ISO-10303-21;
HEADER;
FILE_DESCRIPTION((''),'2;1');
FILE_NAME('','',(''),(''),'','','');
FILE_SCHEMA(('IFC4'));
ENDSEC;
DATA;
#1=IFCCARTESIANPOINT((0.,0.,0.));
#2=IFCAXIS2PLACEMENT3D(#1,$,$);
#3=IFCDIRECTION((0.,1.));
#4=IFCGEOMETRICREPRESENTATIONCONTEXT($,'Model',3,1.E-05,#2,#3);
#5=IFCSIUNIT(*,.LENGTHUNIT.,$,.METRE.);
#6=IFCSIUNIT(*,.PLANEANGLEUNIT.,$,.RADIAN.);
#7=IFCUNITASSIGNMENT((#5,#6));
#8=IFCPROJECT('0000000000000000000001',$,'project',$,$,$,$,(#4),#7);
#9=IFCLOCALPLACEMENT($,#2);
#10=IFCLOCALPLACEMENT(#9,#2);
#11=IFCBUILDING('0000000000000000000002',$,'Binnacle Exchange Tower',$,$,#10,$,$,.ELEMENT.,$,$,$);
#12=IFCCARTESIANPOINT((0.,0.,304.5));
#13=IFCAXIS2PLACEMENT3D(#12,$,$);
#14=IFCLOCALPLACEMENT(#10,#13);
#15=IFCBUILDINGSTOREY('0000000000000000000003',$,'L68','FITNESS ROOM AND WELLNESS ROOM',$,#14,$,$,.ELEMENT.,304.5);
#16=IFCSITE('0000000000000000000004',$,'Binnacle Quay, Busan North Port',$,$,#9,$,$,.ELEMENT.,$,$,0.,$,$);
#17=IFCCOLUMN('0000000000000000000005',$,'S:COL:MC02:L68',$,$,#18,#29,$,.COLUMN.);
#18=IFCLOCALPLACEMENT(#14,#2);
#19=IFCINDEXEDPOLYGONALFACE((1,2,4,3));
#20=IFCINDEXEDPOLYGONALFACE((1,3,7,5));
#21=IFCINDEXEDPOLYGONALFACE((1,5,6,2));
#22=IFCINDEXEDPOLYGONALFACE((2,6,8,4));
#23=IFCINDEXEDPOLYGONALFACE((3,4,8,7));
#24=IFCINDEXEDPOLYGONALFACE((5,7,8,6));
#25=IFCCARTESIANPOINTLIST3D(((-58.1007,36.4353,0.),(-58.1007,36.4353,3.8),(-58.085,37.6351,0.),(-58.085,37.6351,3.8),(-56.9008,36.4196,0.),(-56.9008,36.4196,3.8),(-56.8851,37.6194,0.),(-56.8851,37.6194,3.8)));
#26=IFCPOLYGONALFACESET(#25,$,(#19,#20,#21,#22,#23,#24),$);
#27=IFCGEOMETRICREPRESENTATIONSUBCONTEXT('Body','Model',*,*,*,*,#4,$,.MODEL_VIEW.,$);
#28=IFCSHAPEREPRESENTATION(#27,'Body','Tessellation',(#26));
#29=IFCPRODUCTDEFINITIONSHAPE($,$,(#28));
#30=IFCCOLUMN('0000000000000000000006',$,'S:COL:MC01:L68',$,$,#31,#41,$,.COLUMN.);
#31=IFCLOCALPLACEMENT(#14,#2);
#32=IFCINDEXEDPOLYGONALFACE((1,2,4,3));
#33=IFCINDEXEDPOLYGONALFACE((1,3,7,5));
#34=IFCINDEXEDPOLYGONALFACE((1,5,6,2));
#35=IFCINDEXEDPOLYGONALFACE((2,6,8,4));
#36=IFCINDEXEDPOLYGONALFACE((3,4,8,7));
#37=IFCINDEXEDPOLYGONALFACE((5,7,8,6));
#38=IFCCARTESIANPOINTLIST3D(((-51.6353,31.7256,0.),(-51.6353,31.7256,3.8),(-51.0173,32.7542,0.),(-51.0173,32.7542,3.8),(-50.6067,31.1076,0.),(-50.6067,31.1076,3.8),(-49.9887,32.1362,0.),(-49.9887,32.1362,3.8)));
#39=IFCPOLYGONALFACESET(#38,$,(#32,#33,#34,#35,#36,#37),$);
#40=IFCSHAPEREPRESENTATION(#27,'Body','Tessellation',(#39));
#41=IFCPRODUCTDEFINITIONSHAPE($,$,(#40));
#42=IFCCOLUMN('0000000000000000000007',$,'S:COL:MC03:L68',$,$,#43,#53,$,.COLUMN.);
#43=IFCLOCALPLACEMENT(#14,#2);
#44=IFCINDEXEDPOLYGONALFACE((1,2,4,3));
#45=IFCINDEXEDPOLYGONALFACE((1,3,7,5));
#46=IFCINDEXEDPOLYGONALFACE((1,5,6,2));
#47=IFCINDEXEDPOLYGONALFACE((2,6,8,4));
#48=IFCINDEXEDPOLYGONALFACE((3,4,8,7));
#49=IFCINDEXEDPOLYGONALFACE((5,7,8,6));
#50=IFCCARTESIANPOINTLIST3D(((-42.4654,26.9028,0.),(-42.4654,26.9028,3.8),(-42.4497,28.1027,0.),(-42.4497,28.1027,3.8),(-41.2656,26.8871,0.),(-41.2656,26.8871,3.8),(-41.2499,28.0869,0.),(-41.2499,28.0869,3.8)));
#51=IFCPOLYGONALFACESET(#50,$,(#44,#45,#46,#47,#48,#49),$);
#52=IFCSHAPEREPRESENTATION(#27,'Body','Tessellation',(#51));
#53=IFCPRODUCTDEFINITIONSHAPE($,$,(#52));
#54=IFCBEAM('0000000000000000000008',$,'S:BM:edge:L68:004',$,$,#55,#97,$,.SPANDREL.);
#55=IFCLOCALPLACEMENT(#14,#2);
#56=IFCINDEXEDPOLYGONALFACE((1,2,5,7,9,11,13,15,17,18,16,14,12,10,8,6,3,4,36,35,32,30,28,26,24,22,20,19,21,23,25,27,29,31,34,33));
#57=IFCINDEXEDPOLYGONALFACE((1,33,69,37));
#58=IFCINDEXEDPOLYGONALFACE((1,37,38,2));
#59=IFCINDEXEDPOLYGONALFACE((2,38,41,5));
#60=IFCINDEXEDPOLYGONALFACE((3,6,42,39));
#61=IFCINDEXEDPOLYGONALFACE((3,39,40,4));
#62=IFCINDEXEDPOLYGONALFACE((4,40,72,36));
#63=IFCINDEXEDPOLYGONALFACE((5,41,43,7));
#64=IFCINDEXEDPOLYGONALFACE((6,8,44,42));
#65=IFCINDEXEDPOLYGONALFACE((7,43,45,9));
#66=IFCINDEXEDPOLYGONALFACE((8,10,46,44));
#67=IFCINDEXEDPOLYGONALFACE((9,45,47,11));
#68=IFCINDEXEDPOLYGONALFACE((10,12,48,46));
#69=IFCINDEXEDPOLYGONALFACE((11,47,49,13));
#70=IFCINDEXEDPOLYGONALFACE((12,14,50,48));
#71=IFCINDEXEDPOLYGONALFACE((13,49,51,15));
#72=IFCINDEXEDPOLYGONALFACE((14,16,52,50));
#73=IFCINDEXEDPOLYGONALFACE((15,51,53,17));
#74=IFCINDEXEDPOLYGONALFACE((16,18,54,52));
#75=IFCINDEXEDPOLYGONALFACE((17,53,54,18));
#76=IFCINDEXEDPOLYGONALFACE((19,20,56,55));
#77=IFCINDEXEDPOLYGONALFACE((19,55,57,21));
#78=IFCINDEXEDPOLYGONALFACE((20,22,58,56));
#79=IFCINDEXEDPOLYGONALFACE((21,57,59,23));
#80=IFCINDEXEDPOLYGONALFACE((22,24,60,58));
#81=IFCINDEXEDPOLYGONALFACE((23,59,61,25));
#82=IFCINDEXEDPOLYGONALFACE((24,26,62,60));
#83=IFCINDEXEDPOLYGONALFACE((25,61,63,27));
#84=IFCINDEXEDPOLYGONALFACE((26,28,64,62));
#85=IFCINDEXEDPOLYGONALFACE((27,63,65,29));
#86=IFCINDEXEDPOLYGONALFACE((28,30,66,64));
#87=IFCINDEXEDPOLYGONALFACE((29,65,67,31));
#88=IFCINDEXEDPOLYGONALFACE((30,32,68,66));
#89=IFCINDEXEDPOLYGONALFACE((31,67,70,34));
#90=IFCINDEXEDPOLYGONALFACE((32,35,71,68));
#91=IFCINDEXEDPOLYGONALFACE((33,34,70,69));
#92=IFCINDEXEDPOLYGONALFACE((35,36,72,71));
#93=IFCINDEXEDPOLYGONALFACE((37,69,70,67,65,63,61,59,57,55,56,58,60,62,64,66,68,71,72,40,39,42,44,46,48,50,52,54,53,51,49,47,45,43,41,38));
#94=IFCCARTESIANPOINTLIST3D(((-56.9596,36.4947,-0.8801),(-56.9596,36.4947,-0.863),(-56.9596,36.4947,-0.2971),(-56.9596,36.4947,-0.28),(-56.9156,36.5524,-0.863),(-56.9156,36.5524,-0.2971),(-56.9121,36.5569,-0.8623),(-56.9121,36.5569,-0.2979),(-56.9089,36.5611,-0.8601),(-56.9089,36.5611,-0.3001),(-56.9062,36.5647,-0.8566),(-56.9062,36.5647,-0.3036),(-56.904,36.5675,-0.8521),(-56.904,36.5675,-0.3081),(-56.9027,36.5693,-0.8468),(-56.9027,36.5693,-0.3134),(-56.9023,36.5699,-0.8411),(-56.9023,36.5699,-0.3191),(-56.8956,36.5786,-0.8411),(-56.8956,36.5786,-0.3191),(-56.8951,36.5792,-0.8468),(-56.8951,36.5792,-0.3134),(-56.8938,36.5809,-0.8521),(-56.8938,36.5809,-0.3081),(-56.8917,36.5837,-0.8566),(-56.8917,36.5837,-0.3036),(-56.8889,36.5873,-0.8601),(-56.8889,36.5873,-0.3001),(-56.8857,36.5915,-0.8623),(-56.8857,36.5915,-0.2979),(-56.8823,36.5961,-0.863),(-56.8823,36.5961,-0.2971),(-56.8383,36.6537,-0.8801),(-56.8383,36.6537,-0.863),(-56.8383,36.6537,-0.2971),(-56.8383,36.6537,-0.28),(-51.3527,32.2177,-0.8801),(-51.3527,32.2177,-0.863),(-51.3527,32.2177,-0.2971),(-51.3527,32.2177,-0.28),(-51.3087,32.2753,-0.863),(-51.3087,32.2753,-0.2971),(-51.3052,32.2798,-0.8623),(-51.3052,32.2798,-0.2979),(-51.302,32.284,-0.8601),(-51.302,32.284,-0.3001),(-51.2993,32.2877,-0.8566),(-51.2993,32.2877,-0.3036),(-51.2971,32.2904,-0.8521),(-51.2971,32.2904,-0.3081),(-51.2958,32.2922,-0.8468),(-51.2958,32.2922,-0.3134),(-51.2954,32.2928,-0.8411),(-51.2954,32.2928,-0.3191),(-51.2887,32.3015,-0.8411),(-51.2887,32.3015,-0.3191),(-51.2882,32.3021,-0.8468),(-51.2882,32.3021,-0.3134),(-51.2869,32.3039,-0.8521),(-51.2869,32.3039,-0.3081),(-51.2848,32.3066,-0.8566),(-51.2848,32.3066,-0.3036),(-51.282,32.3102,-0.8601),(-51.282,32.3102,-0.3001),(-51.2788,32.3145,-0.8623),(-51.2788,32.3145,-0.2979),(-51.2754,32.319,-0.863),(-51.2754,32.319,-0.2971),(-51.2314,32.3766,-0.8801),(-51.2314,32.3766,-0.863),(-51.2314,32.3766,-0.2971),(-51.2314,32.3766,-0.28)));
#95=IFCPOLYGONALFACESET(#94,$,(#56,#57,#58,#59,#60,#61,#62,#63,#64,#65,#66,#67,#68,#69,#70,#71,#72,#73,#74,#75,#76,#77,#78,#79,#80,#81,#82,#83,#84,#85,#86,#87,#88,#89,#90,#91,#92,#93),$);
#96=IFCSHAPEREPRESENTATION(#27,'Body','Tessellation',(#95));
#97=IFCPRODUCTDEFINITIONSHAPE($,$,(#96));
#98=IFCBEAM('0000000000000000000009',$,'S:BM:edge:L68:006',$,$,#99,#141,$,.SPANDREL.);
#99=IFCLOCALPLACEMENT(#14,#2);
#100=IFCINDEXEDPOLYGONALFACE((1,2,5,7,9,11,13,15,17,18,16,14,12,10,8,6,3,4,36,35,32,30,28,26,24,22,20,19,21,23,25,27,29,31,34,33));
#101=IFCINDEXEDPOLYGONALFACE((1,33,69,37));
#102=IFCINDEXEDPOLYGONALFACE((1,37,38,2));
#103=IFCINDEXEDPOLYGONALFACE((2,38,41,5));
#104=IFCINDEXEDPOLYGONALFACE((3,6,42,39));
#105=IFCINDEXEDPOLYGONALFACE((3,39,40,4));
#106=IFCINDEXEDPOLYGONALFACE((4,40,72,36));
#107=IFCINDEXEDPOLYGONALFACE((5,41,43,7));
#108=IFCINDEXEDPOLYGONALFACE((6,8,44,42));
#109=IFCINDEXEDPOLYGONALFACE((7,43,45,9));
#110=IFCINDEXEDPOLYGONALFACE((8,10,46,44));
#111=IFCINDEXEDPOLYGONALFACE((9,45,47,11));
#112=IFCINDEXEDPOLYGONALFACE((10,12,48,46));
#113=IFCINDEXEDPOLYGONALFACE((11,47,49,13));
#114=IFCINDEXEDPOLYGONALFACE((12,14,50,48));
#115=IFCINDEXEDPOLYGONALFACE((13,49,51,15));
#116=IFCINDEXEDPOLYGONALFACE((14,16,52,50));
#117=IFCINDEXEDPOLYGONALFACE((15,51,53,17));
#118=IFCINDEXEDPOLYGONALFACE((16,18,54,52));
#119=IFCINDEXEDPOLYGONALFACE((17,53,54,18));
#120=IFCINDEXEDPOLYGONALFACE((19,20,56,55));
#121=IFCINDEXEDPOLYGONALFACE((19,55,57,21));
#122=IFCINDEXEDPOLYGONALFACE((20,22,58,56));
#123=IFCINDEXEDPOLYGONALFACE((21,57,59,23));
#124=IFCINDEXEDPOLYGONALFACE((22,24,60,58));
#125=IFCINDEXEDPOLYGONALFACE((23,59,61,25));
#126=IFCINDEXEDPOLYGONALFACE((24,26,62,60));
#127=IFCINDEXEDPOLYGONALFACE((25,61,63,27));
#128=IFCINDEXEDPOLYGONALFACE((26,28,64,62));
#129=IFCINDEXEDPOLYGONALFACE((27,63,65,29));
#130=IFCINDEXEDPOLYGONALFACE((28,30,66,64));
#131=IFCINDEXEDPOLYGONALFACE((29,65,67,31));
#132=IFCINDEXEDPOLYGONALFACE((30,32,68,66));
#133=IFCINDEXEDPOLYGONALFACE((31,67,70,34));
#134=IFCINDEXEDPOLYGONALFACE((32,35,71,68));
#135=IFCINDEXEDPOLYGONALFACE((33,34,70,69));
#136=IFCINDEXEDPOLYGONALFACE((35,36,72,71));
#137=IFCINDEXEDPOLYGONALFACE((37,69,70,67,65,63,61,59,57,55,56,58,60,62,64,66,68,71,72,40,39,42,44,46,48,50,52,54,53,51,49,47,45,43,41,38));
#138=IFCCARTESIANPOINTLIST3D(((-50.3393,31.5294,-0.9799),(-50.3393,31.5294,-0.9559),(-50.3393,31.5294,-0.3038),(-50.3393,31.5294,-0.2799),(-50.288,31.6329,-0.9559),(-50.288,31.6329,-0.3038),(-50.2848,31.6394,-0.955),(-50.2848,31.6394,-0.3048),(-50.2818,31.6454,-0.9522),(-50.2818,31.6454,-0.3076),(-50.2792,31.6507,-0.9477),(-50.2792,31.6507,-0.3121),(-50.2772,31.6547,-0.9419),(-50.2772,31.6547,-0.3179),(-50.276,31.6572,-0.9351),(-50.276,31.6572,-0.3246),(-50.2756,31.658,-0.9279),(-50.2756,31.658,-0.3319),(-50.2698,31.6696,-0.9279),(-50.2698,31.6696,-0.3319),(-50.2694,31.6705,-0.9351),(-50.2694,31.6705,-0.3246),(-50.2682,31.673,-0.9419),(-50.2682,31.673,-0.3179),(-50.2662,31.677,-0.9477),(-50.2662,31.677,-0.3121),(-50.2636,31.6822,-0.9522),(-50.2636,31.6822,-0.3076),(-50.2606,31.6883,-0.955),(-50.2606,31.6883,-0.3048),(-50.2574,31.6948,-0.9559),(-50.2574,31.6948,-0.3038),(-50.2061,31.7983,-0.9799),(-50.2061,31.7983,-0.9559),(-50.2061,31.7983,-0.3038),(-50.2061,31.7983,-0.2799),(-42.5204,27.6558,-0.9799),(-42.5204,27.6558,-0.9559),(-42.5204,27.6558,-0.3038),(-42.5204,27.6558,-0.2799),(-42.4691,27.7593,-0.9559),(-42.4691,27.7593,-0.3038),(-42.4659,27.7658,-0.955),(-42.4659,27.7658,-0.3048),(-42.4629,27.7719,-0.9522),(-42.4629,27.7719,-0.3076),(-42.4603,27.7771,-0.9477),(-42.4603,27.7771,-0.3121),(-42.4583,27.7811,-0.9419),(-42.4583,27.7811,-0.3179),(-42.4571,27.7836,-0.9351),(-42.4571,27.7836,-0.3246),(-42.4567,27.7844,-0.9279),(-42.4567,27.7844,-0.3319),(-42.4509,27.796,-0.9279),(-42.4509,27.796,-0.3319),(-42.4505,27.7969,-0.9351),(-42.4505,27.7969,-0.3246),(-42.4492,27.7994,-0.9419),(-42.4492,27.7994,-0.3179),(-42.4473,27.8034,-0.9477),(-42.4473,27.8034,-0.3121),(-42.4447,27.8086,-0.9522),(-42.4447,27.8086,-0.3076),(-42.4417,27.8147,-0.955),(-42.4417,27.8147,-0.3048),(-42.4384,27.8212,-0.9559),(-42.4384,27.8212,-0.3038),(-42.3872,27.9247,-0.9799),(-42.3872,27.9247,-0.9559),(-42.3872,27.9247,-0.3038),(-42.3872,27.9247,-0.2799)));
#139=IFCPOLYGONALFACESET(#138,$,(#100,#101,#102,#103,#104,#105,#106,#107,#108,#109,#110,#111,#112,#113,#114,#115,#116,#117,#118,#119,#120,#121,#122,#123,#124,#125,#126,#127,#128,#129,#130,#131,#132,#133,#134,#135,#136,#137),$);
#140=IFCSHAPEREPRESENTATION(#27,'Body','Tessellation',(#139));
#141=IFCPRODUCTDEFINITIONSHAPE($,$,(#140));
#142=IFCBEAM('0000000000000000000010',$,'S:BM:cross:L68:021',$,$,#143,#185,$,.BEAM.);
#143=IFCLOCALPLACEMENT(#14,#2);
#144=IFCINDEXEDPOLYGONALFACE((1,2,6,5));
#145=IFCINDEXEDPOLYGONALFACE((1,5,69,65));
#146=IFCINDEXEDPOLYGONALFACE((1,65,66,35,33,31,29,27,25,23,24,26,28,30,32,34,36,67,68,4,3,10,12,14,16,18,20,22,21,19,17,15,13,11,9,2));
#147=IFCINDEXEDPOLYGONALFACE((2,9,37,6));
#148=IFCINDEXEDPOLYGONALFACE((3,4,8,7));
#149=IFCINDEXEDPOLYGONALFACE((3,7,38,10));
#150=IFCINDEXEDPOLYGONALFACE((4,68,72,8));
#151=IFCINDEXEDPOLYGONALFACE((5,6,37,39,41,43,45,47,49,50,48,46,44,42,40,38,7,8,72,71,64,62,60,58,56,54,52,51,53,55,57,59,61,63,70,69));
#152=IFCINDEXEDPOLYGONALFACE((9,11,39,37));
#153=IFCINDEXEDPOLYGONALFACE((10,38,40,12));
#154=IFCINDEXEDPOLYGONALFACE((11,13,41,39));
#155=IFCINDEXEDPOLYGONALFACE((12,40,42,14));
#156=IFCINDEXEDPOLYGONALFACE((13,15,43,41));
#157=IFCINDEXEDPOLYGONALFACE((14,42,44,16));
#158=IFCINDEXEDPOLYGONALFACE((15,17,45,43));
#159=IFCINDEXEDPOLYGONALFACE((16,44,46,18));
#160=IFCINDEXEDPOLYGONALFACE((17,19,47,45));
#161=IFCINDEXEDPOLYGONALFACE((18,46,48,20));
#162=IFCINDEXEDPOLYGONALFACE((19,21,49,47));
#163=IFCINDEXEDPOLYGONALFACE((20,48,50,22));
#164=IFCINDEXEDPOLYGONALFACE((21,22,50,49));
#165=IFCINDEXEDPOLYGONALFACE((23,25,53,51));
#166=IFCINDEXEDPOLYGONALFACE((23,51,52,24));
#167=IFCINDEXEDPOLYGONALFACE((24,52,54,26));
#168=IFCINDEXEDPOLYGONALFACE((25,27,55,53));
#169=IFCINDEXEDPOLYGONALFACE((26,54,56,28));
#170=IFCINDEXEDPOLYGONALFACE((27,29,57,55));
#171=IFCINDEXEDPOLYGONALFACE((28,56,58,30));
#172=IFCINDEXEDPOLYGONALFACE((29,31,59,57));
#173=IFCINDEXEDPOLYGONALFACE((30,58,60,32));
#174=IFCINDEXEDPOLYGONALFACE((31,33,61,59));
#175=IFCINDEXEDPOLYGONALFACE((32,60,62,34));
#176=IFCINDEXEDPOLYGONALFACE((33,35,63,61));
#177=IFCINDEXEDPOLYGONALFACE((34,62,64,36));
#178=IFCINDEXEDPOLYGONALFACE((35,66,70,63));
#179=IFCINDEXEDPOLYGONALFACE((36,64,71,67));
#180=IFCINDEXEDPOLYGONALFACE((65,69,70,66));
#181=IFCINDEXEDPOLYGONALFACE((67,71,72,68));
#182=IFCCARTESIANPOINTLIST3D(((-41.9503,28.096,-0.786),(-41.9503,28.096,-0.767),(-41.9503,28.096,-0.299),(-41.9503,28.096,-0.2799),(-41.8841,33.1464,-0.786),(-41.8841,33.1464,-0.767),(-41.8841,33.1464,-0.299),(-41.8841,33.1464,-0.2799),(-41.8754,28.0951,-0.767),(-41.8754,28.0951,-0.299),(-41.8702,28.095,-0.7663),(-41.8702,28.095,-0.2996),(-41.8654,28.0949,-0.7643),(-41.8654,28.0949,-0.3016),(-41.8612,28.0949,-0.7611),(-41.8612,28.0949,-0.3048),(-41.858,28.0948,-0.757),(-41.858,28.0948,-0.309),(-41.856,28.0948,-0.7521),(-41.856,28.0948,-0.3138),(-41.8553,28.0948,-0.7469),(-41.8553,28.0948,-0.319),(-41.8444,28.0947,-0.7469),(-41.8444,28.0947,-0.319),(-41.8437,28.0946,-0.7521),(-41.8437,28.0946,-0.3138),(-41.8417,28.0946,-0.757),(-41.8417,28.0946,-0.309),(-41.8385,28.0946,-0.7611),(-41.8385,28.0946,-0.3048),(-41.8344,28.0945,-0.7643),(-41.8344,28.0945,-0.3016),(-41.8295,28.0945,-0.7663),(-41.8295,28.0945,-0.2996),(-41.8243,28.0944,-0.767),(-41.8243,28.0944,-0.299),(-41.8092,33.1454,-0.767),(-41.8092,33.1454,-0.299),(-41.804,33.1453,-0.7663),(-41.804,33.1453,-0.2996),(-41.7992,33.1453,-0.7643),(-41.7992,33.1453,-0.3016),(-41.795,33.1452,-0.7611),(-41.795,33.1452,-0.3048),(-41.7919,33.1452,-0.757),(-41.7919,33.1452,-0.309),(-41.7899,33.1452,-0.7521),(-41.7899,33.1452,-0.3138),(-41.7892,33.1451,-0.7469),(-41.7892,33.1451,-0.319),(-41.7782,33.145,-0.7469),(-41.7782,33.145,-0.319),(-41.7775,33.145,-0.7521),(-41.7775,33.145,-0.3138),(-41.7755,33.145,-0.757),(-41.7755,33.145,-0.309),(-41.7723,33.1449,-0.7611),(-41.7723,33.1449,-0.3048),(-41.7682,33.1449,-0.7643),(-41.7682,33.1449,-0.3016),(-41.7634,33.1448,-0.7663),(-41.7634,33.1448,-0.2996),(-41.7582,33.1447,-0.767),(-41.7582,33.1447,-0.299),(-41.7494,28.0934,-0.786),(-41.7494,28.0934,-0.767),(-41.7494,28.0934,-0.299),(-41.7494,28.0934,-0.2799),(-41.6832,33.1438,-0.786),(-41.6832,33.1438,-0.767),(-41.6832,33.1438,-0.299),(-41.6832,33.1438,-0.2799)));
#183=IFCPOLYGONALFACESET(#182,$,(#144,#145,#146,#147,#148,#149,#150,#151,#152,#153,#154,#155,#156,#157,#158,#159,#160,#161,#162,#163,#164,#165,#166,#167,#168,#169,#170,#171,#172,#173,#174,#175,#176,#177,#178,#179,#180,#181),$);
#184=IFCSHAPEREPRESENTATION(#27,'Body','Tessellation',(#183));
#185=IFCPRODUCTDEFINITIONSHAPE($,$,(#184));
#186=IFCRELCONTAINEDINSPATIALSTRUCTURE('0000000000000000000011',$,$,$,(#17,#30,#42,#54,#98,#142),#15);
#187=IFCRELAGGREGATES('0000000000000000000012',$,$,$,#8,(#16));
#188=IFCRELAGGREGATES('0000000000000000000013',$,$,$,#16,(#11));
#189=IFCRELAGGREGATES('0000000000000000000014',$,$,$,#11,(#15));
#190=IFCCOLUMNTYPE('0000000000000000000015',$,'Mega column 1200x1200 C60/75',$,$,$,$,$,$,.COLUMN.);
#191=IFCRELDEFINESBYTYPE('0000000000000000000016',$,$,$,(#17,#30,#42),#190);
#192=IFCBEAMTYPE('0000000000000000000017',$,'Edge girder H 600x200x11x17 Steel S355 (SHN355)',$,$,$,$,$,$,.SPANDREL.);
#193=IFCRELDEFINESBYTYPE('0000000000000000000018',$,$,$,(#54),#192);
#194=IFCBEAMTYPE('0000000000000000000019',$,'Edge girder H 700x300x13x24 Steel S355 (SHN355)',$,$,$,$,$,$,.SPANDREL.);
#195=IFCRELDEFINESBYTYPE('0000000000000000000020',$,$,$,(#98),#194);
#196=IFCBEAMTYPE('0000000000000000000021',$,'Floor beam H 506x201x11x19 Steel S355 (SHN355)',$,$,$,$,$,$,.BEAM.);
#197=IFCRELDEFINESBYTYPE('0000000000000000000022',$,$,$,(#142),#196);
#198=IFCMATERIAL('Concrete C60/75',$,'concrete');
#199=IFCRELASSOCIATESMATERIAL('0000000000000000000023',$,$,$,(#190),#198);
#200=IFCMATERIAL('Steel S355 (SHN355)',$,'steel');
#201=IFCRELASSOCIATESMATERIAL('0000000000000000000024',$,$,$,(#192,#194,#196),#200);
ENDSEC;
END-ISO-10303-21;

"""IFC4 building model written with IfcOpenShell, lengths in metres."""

from ifc_helpers import new_model, si_unit, direction, frame, origin, origin_2d, place, context, subcontext, project, spatial, rectangle, i_section, extrude, material, material_profile, profile_set, type_object, element, save


model = new_model("IFC4")

# Units and contexts
model_context = context("Model", 3, precision=1e-05, world=origin(), true_north=direction((0.0, 1.0)))
body_context = subcontext(model_context, "Body", "Model", "MODEL_VIEW")
ifc_project = project(units=[si_unit("LENGTHUNIT", "METRE"), si_unit("PLANEANGLEUNIT", "RADIAN")], contexts=[model_context])

# Site, building, storey
site_placement = place(None, origin())
site = spatial("IfcSite", under=ifc_project, at=site_placement, Name="Binnacle Quay, Busan North Port", CompositionType="ELEMENT", RefElevation=0.0)
building_placement = place(site_placement, origin())
building = spatial("IfcBuilding", under=site, at=building_placement, Name="Binnacle Exchange Tower", CompositionType="ELEMENT")
storey_placement = place(building_placement, frame((0.0, 0.0, 304.5)))
storey = spatial("IfcBuildingStorey", under=building, at=storey_placement, Name="L68", Description="FITNESS ROOM AND WELLNESS ROOM", CompositionType="ELEMENT", Elevation=304.5)

# Columns
ifc_material_1 = material(Name="Concrete C60/75", Category="concrete")
ifc_material_profile_1 = material_profile(ifc_material_1, rectangle(XDim=1.2, YDim=1.2, at=origin_2d()), Name="Mega column 1200x1200 C60/75")
ifc_profile_set_1 = profile_set([ifc_material_profile_1], Name="Concrete C60/75")
column_type = type_object("IfcColumnType", Name="Mega column 1200x1200 C60/75", PredefinedType="COLUMN", material=ifc_profile_set_1)
for number, where, z_axis, x_axis, name in (
    (1, (-57.4929, 37.0273, 0.0), (0.0, 0.0, 1.0), (-0.01309, -0.999914, 0.0), "S:COL:MC02:L68"),
    (2, (-50.812, 31.9309, 0.0), (0.0, 0.0, 1.0), (0.857167, -0.515038, 0.0), "S:COL:MC01:L68"),
    (3, (-41.8577, 27.4949, 0.0), (0.0, 0.0, 1.0), (0.999914, -0.01309, 0.0), "S:COL:MC03:L68"),
):
    element("IfcColumn", number, at=place(storey_placement, frame(where, z_axis=z_axis, x_axis=x_axis)), inside=storey, type_object=column_type, Name=name, PredefinedType="COLUMN", context=body_context, shape_type="SweptSolid", body=[
        extrude(rectangle(XDim=1.2, YDim=1.2, at=origin_2d()), origin(), (0.0, 0.0, 1.0), 3.8),
    ])

# Beams
ifc_material_2 = material(Name="Steel S355 (SHN355)", Category="steel")
ifc_material_profile_2 = material_profile(ifc_material_2, i_section(OverallWidth=0.2, OverallDepth=0.6001, WebThickness=0.011, FlangeThickness=0.0171, FilletRadius=0.022, at=origin_2d()), Name="H 600x200x11x17")
ifc_profile_set_2 = profile_set([ifc_material_profile_2], Name="Steel S355 (SHN355)")
beam_type_1 = type_object("IfcBeamType", Name="Edge girder H 600x200x11x17 Steel S355 (SHN355)", PredefinedType="SPANDREL", material=ifc_profile_set_2)
beam_1_placement = place(storey_placement, frame((-56.8989, 36.5742, -0.5801), z_axis=(0.79508, -0.606505, 0.0), x_axis=(0.606505, 0.79508, 0.0)))
element("IfcBeam", 4, at=beam_1_placement, inside=storey, type_object=beam_type_1, Name="S:BM:edge:L68:004", PredefinedType="SPANDREL", context=body_context, shape_type="SweptSolid", body=[
    extrude(i_section(OverallWidth=0.2, OverallDepth=0.6001, WebThickness=0.011, FlangeThickness=0.0171, FilletRadius=0.022, at=origin_2d()), origin(), (0.0, 0.0, 1.0), 7.052),
])
ifc_material_profile_3 = material_profile(ifc_material_2, i_section(OverallWidth=0.3, OverallDepth=0.7, WebThickness=0.0129, FlangeThickness=0.0239, FilletRadius=0.0281, at=origin_2d()), Name="H 700x300x13x24")
ifc_profile_set_3 = profile_set([ifc_material_profile_3], Name="Steel S355 (SHN355)")
beam_type_2 = type_object("IfcBeamType", Name="Edge girder H 700x300x13x24 Steel S355 (SHN355)", PredefinedType="SPANDREL", material=ifc_profile_set_3)
beam_2_placement = place(storey_placement, frame((-50.2727, 31.6638, -0.6299), z_axis=(0.896066, -0.44392, 0.0), x_axis=(0.44392, 0.896066, 0.0)))
element("IfcBeam", 5, at=beam_2_placement, inside=storey, type_object=beam_type_2, Name="S:BM:edge:L68:006", PredefinedType="SPANDREL", context=body_context, shape_type="SweptSolid", body=[
    extrude(i_section(OverallWidth=0.3, OverallDepth=0.7, WebThickness=0.0129, FlangeThickness=0.0239, FilletRadius=0.0281, at=origin_2d()), origin(), (0.0, 0.0, 1.0), 8.7258),
])
ifc_material_profile_4 = material_profile(ifc_material_2, i_section(OverallWidth=0.2009, OverallDepth=0.5061, WebThickness=0.011, FlangeThickness=0.019, FilletRadius=0.02, at=origin_2d()), Name="H 506x201x11x19")
ifc_profile_set_4 = profile_set([ifc_material_profile_4], Name="Steel S355 (SHN355)")
beam_type_3 = type_object("IfcBeamType", Name="Floor beam H 506x201x11x19 Steel S355 (SHN355)", PredefinedType="BEAM", material=ifc_profile_set_4)
beam_3_placement = place(storey_placement, frame((-41.8499, 28.0947, -0.533), z_axis=(0.0131, 0.999914, 0.0), x_axis=(-0.999914, 0.0131, 0.0)))
element("IfcBeam", 6, at=beam_3_placement, inside=storey, type_object=beam_type_3, Name="S:BM:cross:L68:021", PredefinedType="BEAM", context=body_context, shape_type="SweptSolid", body=[
    extrude(i_section(OverallWidth=0.2009, OverallDepth=0.5061, WebThickness=0.011, FlangeThickness=0.019, FilletRadius=0.02, at=origin_2d()), origin(), (0.0, 0.0, 1.0), 5.0508),
])

save(model, "model.ifc")
